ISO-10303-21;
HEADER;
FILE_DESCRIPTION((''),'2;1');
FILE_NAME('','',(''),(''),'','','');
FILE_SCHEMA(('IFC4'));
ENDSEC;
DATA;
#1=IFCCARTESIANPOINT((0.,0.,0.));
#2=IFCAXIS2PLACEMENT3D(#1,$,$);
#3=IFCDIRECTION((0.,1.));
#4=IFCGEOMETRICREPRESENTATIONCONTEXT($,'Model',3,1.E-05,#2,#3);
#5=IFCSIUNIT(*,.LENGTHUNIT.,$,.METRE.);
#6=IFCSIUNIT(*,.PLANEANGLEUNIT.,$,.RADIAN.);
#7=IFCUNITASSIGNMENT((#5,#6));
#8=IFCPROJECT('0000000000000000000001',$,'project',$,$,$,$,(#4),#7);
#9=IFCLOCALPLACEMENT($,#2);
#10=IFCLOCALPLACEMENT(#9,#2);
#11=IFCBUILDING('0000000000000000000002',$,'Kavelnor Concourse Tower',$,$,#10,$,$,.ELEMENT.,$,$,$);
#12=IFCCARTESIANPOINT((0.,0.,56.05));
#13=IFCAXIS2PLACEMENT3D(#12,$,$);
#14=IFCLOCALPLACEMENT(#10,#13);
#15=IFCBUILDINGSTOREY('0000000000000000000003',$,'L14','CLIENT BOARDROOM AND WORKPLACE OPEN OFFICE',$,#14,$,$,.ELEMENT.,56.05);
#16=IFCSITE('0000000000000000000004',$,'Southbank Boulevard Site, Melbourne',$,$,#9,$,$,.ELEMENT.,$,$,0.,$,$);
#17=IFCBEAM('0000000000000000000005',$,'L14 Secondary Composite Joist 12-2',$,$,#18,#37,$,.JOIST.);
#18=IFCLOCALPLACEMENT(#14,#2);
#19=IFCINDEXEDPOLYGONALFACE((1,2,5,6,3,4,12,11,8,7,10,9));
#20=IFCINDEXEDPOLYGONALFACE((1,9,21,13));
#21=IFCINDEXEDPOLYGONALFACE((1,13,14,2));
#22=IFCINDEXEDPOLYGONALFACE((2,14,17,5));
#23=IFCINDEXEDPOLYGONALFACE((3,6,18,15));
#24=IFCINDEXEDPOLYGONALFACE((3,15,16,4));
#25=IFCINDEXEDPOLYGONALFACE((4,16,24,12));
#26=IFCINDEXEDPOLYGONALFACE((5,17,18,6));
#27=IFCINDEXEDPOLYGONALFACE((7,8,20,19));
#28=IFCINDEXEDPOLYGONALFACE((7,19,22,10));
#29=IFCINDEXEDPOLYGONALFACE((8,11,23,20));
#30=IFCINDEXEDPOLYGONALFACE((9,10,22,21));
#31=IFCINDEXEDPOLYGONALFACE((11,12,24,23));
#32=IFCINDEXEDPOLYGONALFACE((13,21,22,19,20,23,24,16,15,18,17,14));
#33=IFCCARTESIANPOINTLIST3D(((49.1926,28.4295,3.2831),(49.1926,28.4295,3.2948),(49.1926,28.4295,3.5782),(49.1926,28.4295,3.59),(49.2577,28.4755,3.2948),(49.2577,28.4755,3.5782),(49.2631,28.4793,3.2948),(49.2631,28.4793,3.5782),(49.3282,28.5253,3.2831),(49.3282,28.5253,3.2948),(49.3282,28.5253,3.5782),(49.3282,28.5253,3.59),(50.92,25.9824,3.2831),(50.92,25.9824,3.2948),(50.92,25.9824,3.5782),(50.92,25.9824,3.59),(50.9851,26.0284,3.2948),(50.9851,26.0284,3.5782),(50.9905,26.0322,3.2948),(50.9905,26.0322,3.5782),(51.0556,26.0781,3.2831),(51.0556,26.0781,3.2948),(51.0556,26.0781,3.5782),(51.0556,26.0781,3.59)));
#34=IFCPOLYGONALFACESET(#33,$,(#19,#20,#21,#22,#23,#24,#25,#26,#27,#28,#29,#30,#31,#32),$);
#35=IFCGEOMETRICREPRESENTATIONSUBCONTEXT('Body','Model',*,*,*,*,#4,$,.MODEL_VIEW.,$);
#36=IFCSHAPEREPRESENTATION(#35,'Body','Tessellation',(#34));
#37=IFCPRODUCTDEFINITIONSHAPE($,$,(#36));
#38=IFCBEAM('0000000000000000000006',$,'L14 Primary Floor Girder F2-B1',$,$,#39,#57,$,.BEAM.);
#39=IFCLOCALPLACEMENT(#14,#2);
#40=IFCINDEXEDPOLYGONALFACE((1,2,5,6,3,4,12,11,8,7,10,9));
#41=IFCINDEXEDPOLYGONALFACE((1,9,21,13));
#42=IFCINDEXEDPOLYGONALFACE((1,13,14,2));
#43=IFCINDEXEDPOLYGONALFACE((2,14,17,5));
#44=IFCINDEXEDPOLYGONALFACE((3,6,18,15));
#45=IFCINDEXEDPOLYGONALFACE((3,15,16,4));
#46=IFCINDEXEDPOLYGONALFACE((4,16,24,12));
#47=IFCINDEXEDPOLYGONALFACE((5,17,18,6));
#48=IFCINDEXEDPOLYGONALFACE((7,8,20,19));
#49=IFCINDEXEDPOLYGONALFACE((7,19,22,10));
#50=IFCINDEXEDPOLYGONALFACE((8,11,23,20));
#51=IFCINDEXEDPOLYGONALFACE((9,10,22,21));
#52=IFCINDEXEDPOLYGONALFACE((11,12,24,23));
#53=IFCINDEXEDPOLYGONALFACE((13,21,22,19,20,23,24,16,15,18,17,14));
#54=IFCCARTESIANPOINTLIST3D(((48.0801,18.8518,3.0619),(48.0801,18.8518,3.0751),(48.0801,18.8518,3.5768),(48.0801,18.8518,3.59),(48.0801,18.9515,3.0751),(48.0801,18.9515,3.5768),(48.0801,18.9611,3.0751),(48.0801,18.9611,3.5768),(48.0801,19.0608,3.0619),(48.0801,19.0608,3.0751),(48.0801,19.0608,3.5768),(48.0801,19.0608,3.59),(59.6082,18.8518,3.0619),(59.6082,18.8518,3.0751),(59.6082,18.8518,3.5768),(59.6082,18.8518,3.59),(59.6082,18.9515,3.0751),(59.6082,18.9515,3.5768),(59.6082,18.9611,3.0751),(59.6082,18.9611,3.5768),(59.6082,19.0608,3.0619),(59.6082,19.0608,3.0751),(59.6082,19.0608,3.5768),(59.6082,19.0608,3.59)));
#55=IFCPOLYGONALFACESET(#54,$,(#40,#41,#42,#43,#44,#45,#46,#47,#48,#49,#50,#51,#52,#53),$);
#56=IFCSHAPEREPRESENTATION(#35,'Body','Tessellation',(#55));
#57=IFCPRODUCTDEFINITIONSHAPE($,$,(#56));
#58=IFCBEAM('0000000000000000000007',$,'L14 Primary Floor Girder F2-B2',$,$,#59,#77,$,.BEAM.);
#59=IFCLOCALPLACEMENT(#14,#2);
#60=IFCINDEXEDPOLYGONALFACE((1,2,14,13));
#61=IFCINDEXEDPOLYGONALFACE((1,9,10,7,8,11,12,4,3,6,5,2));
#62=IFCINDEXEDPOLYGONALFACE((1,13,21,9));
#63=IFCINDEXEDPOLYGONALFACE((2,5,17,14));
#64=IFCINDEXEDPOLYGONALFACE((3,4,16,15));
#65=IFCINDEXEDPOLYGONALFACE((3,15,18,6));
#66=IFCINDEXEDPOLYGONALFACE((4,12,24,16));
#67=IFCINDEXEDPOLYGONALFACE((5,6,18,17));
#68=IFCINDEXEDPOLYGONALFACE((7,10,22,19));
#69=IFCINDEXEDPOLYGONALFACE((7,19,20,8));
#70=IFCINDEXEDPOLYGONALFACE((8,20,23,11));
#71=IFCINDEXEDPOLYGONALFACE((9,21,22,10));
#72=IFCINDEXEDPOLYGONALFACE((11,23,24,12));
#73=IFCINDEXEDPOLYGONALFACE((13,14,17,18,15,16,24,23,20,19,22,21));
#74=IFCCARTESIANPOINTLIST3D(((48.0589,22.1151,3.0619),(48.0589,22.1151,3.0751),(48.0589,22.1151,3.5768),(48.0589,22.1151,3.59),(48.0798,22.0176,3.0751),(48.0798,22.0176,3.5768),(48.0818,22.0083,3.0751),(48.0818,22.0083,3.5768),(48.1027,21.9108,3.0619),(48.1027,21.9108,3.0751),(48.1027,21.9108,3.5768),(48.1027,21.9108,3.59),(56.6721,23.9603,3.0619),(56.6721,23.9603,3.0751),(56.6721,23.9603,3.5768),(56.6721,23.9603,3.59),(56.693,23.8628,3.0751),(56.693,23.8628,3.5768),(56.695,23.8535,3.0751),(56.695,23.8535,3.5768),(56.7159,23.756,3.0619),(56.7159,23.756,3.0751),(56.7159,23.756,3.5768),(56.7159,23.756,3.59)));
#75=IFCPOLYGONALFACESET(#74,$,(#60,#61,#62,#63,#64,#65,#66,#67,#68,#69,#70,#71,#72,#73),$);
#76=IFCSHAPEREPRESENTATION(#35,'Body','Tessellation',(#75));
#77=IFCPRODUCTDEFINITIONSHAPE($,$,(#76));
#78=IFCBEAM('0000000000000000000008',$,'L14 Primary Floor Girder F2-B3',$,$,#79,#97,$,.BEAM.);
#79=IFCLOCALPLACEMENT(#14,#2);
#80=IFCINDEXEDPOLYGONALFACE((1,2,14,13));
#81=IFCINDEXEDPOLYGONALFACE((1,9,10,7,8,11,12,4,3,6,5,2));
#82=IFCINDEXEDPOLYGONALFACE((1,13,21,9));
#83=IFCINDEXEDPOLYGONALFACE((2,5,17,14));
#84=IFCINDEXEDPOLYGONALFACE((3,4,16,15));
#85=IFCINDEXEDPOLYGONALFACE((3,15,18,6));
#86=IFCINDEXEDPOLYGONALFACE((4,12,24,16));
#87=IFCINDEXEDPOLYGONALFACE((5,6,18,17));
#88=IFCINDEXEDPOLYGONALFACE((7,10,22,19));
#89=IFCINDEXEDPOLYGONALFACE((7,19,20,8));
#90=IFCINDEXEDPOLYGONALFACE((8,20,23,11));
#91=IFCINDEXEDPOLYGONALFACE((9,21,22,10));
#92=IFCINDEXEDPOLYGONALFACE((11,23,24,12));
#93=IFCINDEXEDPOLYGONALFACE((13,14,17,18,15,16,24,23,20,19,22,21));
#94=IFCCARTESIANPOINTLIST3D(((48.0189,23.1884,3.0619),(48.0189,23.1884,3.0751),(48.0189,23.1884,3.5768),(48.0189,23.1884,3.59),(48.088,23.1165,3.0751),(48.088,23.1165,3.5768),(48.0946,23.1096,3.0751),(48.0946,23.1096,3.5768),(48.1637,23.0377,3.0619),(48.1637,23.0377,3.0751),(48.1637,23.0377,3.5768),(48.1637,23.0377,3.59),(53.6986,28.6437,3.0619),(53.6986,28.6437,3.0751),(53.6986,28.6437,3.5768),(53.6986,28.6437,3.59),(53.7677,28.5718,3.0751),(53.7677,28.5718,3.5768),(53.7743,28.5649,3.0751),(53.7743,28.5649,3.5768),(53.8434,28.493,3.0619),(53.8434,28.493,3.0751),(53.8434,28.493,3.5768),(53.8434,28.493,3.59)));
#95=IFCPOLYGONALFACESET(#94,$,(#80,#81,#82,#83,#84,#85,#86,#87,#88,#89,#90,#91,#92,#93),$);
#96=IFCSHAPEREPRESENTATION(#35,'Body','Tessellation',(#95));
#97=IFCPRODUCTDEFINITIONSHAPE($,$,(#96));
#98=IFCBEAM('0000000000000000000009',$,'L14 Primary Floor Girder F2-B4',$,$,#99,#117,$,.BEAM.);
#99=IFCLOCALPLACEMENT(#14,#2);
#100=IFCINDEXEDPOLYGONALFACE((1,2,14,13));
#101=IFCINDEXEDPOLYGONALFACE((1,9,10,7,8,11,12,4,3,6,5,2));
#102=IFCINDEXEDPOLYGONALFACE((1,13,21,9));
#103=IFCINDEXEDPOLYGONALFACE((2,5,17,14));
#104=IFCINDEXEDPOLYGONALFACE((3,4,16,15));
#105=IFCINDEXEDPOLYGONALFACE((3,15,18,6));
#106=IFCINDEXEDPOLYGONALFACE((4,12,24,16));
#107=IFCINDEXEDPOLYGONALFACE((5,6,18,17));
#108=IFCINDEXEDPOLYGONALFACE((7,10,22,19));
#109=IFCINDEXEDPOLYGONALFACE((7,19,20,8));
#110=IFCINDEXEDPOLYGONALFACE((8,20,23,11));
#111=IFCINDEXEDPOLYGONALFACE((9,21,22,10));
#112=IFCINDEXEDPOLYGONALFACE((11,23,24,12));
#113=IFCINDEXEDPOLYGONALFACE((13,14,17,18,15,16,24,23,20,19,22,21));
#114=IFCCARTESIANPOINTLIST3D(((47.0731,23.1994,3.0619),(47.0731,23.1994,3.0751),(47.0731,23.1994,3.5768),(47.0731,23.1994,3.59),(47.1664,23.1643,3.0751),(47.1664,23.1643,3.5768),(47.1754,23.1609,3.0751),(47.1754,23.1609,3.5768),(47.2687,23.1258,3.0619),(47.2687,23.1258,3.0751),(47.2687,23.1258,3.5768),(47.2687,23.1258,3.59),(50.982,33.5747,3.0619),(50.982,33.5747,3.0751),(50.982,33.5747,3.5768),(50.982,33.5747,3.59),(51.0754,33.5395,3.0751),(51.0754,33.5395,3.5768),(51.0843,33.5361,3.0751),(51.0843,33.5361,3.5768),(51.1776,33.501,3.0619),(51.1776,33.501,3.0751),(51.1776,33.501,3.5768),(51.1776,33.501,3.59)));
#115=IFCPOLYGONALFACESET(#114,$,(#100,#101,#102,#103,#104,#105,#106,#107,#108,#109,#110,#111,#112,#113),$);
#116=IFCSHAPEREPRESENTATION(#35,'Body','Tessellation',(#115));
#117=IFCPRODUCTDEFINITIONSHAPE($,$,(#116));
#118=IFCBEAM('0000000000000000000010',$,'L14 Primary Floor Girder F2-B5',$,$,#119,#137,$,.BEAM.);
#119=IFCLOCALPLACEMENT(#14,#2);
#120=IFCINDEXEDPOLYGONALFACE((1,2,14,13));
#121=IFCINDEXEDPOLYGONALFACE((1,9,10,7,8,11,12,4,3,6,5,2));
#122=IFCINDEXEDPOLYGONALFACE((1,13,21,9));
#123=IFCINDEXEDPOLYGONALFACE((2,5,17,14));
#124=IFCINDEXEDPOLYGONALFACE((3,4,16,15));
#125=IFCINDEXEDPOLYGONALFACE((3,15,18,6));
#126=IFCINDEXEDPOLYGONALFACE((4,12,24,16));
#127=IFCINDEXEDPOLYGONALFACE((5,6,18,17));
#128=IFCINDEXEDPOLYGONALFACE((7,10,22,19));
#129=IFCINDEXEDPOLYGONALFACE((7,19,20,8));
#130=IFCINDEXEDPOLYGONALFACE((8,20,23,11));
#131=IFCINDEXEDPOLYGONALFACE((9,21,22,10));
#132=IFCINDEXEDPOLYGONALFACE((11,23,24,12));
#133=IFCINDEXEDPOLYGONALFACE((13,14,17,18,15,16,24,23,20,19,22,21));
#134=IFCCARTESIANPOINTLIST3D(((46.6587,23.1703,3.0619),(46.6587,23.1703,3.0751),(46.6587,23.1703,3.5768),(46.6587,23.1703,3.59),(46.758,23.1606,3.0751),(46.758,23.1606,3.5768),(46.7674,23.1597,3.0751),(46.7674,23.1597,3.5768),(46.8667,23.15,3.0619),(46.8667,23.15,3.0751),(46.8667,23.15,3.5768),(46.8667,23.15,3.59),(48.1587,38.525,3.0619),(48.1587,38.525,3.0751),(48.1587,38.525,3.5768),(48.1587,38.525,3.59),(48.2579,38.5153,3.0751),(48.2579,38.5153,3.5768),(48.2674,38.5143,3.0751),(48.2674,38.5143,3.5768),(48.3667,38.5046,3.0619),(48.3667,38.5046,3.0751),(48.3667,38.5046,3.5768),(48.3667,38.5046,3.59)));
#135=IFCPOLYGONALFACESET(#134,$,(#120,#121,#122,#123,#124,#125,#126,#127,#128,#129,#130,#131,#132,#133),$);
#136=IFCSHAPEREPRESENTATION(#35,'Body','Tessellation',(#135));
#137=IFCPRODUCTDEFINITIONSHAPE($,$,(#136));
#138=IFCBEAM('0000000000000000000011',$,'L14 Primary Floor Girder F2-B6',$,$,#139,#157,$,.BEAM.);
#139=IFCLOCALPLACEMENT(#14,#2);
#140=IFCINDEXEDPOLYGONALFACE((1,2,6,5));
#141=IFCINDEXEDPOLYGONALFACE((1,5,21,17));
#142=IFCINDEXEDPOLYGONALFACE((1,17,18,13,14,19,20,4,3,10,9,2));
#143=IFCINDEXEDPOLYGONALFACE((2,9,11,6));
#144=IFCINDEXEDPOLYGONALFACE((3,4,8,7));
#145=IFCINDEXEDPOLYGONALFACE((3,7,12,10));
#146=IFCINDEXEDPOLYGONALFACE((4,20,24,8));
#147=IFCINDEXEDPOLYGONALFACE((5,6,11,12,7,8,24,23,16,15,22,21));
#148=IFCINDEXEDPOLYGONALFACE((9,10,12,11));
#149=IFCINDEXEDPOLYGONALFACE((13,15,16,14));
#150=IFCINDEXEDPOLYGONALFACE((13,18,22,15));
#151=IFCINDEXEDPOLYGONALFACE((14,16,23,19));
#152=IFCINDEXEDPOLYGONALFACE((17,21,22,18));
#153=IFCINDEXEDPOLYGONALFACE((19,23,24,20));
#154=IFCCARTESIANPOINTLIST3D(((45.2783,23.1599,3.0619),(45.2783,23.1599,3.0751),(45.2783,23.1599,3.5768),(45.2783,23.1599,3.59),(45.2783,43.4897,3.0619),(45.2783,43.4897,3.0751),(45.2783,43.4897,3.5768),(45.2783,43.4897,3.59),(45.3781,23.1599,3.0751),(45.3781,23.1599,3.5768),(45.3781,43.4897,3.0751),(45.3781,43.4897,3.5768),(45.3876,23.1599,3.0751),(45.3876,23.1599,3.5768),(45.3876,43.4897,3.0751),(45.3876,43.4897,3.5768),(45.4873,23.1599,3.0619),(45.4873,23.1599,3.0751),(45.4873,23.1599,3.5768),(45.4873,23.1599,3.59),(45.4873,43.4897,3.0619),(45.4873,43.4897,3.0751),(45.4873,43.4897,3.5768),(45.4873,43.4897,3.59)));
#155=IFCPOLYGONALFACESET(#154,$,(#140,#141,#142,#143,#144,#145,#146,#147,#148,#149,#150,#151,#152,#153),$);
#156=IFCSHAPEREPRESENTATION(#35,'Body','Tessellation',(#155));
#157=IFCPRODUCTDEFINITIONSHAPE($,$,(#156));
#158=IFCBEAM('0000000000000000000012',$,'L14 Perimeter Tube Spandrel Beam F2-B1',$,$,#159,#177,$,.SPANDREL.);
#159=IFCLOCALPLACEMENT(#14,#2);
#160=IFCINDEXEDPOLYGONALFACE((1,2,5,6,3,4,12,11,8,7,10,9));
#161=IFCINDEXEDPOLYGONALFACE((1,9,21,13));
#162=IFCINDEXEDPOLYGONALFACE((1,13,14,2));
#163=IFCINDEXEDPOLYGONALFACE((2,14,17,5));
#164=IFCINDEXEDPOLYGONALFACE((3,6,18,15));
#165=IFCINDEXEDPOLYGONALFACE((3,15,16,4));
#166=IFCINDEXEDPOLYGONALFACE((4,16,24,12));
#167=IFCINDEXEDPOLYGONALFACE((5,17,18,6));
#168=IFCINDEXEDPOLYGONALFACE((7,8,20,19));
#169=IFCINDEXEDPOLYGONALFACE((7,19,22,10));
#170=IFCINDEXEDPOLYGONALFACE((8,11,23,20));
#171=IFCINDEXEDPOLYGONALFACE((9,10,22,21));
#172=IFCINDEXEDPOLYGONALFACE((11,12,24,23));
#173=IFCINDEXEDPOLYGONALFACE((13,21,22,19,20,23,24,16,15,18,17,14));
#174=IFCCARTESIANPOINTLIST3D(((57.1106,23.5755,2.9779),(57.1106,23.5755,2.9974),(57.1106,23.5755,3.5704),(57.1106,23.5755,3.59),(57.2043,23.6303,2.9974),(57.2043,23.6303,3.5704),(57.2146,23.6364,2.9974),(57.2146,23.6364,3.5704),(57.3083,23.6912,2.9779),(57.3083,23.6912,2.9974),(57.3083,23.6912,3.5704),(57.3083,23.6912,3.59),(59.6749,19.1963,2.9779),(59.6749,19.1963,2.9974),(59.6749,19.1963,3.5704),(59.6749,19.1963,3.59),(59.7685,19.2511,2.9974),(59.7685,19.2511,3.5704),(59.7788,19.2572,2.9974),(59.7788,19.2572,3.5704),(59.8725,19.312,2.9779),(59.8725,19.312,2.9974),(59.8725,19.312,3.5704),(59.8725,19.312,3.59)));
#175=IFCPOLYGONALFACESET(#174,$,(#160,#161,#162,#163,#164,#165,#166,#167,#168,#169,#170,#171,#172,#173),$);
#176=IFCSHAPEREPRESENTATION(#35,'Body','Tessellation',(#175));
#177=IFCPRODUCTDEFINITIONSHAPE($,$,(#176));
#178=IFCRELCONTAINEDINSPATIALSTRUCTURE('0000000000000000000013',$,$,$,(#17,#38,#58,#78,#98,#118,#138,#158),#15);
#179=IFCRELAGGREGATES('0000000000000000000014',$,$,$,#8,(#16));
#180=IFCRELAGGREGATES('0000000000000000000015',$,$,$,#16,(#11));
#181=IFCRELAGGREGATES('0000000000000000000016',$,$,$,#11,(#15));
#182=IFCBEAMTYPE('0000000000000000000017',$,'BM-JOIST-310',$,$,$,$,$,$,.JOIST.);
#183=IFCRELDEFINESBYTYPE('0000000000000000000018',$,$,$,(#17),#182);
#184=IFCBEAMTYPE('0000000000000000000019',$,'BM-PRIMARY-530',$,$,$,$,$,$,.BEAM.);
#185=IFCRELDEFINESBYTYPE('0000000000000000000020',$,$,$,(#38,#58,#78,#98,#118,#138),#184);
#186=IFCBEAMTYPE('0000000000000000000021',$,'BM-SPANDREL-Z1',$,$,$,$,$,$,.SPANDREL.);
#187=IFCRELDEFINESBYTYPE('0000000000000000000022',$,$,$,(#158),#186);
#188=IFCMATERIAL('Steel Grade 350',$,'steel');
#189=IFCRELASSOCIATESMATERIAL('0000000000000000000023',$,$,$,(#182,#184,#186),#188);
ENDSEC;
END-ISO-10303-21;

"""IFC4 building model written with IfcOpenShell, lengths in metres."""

from ifc_helpers import new_model, si_unit, direction, frame, origin, origin_2d, place, context, subcontext, project, spatial, i_section, extrude, material, material_profile, profile_set, type_object, element, save


model = new_model("IFC4")

# Units and contexts
model_context = context("Model", 3, precision=1e-05, world=origin(), true_north=direction((0.0, 1.0)))
body_context = subcontext(model_context, "Body", "Model", "MODEL_VIEW")
ifc_project = project(units=[si_unit("LENGTHUNIT", "METRE"), si_unit("PLANEANGLEUNIT", "RADIAN")], contexts=[model_context])

# Site, building, storey
site_placement = place(None, origin())
site = spatial("IfcSite", under=ifc_project, at=site_placement, Name="Southbank Boulevard Site, Melbourne", CompositionType="ELEMENT", RefElevation=0.0)
building_placement = place(site_placement, origin())
building = spatial("IfcBuilding", under=site, at=building_placement, Name="Kavelnor Concourse Tower", CompositionType="ELEMENT")
storey_placement = place(building_placement, frame((0.0, 0.0, 56.05)))
storey = spatial("IfcBuildingStorey", under=building, at=storey_placement, Name="L14", Description="CLIENT BOARDROOM AND WORKPLACE OPEN OFFICE", CompositionType="ELEMENT", Elevation=56.05)

# Shared definitions
ifc_material_1 = material(Name="Steel Grade 350", Category="steel")

# Beams
ifc_material_profile_1 = material_profile(ifc_material_1, i_section(OverallWidth=0.166, OverallDepth=0.3069, WebThickness=0.0066, FlangeThickness=0.0117, at=origin_2d()), Name="310UB46")
ifc_profile_set_1 = profile_set([ifc_material_profile_1], Name="Steel Grade 350")
beam_type_1 = type_object("IfcBeamType", Name="BM-JOIST-310", PredefinedType="JOIST", material=ifc_profile_set_1)
beam_1_placement = place(storey_placement, frame((50.9878, 26.0303, 3.4365), z_axis=(-0.57668, 0.81697, 0.0), x_axis=(-0.81697, -0.57668, 0.0)))
element("IfcBeam", 1, at=beam_1_placement, inside=storey, type_object=beam_type_1, Name="L14 Secondary Composite Joist 12-2", PredefinedType="JOIST", context=body_context, shape_type="SweptSolid", body=[
    extrude(i_section(OverallWidth=0.166, OverallDepth=0.3069, WebThickness=0.0066, FlangeThickness=0.0117, at=origin_2d()), origin(), (0.0, 0.0, 1.0), 2.9954),
])
ifc_material_profile_2 = material_profile(ifc_material_1, i_section(OverallWidth=0.209, OverallDepth=0.5281, WebThickness=0.0095, FlangeThickness=0.0132, at=origin_2d()), Name="530UB82")
ifc_profile_set_2 = profile_set([ifc_material_profile_2], Name="Steel Grade 350")
beam_type_2 = type_object("IfcBeamType", Name="BM-PRIMARY-530", PredefinedType="BEAM", material=ifc_profile_set_2)
beam_2_placement = place(storey_placement, frame((48.0801, 18.9563, 3.3259), z_axis=(1.0, 0.0, 0.0), x_axis=(0.0, 1.0, 0.0)))
element("IfcBeam", 2, at=beam_2_placement, inside=storey, type_object=beam_type_2, Name="L14 Primary Floor Girder F2-B1", PredefinedType="BEAM", context=body_context, shape_type="SweptSolid", body=[
    extrude(i_section(OverallWidth=0.209, OverallDepth=0.5281, WebThickness=0.0095, FlangeThickness=0.0132, at=origin_2d()), origin(), (0.0, 0.0, 1.0), 11.5281),
])
beam_3_placement = place(storey_placement, frame((48.0808, 22.0129, 3.3259), z_axis=(0.977814, 0.209476, 0.0), x_axis=(-0.209476, 0.977814, 0.0)))
element("IfcBeam", 3, at=beam_3_placement, inside=storey, type_object=beam_type_2, Name="L14 Primary Floor Girder F2-B2", PredefinedType="BEAM", context=body_context, shape_type="SweptSolid", body=[
    extrude(i_section(OverallWidth=0.209, OverallDepth=0.5281, WebThickness=0.0095, FlangeThickness=0.0132, at=origin_2d()), origin(), (0.0, 0.0, 1.0), 8.8086),
])
beam_4_placement = place(storey_placement, frame((48.0913, 23.113, 3.3259), z_axis=(0.721208, 0.692718, 0.0), x_axis=(-0.692718, 0.721208, 0.0)))
element("IfcBeam", 4, at=beam_4_placement, inside=storey, type_object=beam_type_2, Name="L14 Primary Floor Girder F2-B3", PredefinedType="BEAM", context=body_context, shape_type="SweptSolid", body=[
    extrude(i_section(OverallWidth=0.209, OverallDepth=0.5281, WebThickness=0.0095, FlangeThickness=0.0132, at=origin_2d()), origin(), (0.0, 0.0, 1.0), 7.8752),
])
beam_5_placement = place(storey_placement, frame((47.1709, 23.1626, 3.3259), z_axis=(0.352564, 0.935788, 0.0), x_axis=(-0.935788, 0.352564, 0.0)))
element("IfcBeam", 5, at=beam_5_placement, inside=storey, type_object=beam_type_2, Name="L14 Primary Floor Girder F2-B4", PredefinedType="BEAM", context=body_context, shape_type="SweptSolid", body=[
    extrude(i_section(OverallWidth=0.209, OverallDepth=0.5281, WebThickness=0.0095, FlangeThickness=0.0132, at=origin_2d()), origin(), (0.0, 0.0, 1.0), 11.0872),
])
beam_6_placement = place(storey_placement, frame((46.7627, 23.1602, 3.3259), z_axis=(0.097227, 0.995262, 0.0), x_axis=(-0.995262, 0.097227, 0.0)))
element("IfcBeam", 6, at=beam_6_placement, inside=storey, type_object=beam_type_2, Name="L14 Primary Floor Girder F2-B5", PredefinedType="BEAM", context=body_context, shape_type="SweptSolid", body=[
    extrude(i_section(OverallWidth=0.209, OverallDepth=0.5281, WebThickness=0.0095, FlangeThickness=0.0132, at=origin_2d()), origin(), (0.0, 0.0, 1.0), 15.4277),
])
beam_7_placement = place(storey_placement, frame((45.3828, 23.1599, 3.3259), z_axis=(0.0, 1.0, 0.0), x_axis=(-1.0, 0.0, 0.0)))
element("IfcBeam", 7, at=beam_7_placement, inside=storey, type_object=beam_type_2, Name="L14 Primary Floor Girder F2-B6", PredefinedType="BEAM", context=body_context, shape_type="SweptSolid", body=[
    extrude(i_section(OverallWidth=0.209, OverallDepth=0.5281, WebThickness=0.0095, FlangeThickness=0.0132, at=origin_2d()), origin(), (0.0, 0.0, 1.0), 20.3298),
])
ifc_material_profile_3 = material_profile(ifc_material_1, i_section(OverallWidth=0.229, OverallDepth=0.6121, WebThickness=0.012, FlangeThickness=0.0195, at=origin_2d()), Name="610UB125")
ifc_profile_set_3 = profile_set([ifc_material_profile_3], Name="Steel Grade 350")
beam_type_3 = type_object("IfcBeamType", Name="BM-SPANDREL-Z1", PredefinedType="SPANDREL", material=ifc_profile_set_3)
for number, where, z_axis, x_axis, name in (
    (8, (59.7737, 19.2542, 3.2839), (-0.505297, 0.862945, 0.0), (-0.862945, -0.505297, 0.0), "L14 Perimeter Tube Spandrel Beam F2-B1"),
):
    element("IfcBeam", number, at=place(storey_placement, frame(where, z_axis=z_axis, x_axis=x_axis)), inside=storey, type_object=beam_type_3, Name=name, PredefinedType="SPANDREL", context=body_context, shape_type="SweptSolid", body=[
        extrude(i_section(OverallWidth=0.229, OverallDepth=0.6121, WebThickness=0.012, FlangeThickness=0.0195, at=origin_2d()), origin(), (0.0, 0.0, 1.0), 5.0747),
    ])

save(model, "model.ifc")
